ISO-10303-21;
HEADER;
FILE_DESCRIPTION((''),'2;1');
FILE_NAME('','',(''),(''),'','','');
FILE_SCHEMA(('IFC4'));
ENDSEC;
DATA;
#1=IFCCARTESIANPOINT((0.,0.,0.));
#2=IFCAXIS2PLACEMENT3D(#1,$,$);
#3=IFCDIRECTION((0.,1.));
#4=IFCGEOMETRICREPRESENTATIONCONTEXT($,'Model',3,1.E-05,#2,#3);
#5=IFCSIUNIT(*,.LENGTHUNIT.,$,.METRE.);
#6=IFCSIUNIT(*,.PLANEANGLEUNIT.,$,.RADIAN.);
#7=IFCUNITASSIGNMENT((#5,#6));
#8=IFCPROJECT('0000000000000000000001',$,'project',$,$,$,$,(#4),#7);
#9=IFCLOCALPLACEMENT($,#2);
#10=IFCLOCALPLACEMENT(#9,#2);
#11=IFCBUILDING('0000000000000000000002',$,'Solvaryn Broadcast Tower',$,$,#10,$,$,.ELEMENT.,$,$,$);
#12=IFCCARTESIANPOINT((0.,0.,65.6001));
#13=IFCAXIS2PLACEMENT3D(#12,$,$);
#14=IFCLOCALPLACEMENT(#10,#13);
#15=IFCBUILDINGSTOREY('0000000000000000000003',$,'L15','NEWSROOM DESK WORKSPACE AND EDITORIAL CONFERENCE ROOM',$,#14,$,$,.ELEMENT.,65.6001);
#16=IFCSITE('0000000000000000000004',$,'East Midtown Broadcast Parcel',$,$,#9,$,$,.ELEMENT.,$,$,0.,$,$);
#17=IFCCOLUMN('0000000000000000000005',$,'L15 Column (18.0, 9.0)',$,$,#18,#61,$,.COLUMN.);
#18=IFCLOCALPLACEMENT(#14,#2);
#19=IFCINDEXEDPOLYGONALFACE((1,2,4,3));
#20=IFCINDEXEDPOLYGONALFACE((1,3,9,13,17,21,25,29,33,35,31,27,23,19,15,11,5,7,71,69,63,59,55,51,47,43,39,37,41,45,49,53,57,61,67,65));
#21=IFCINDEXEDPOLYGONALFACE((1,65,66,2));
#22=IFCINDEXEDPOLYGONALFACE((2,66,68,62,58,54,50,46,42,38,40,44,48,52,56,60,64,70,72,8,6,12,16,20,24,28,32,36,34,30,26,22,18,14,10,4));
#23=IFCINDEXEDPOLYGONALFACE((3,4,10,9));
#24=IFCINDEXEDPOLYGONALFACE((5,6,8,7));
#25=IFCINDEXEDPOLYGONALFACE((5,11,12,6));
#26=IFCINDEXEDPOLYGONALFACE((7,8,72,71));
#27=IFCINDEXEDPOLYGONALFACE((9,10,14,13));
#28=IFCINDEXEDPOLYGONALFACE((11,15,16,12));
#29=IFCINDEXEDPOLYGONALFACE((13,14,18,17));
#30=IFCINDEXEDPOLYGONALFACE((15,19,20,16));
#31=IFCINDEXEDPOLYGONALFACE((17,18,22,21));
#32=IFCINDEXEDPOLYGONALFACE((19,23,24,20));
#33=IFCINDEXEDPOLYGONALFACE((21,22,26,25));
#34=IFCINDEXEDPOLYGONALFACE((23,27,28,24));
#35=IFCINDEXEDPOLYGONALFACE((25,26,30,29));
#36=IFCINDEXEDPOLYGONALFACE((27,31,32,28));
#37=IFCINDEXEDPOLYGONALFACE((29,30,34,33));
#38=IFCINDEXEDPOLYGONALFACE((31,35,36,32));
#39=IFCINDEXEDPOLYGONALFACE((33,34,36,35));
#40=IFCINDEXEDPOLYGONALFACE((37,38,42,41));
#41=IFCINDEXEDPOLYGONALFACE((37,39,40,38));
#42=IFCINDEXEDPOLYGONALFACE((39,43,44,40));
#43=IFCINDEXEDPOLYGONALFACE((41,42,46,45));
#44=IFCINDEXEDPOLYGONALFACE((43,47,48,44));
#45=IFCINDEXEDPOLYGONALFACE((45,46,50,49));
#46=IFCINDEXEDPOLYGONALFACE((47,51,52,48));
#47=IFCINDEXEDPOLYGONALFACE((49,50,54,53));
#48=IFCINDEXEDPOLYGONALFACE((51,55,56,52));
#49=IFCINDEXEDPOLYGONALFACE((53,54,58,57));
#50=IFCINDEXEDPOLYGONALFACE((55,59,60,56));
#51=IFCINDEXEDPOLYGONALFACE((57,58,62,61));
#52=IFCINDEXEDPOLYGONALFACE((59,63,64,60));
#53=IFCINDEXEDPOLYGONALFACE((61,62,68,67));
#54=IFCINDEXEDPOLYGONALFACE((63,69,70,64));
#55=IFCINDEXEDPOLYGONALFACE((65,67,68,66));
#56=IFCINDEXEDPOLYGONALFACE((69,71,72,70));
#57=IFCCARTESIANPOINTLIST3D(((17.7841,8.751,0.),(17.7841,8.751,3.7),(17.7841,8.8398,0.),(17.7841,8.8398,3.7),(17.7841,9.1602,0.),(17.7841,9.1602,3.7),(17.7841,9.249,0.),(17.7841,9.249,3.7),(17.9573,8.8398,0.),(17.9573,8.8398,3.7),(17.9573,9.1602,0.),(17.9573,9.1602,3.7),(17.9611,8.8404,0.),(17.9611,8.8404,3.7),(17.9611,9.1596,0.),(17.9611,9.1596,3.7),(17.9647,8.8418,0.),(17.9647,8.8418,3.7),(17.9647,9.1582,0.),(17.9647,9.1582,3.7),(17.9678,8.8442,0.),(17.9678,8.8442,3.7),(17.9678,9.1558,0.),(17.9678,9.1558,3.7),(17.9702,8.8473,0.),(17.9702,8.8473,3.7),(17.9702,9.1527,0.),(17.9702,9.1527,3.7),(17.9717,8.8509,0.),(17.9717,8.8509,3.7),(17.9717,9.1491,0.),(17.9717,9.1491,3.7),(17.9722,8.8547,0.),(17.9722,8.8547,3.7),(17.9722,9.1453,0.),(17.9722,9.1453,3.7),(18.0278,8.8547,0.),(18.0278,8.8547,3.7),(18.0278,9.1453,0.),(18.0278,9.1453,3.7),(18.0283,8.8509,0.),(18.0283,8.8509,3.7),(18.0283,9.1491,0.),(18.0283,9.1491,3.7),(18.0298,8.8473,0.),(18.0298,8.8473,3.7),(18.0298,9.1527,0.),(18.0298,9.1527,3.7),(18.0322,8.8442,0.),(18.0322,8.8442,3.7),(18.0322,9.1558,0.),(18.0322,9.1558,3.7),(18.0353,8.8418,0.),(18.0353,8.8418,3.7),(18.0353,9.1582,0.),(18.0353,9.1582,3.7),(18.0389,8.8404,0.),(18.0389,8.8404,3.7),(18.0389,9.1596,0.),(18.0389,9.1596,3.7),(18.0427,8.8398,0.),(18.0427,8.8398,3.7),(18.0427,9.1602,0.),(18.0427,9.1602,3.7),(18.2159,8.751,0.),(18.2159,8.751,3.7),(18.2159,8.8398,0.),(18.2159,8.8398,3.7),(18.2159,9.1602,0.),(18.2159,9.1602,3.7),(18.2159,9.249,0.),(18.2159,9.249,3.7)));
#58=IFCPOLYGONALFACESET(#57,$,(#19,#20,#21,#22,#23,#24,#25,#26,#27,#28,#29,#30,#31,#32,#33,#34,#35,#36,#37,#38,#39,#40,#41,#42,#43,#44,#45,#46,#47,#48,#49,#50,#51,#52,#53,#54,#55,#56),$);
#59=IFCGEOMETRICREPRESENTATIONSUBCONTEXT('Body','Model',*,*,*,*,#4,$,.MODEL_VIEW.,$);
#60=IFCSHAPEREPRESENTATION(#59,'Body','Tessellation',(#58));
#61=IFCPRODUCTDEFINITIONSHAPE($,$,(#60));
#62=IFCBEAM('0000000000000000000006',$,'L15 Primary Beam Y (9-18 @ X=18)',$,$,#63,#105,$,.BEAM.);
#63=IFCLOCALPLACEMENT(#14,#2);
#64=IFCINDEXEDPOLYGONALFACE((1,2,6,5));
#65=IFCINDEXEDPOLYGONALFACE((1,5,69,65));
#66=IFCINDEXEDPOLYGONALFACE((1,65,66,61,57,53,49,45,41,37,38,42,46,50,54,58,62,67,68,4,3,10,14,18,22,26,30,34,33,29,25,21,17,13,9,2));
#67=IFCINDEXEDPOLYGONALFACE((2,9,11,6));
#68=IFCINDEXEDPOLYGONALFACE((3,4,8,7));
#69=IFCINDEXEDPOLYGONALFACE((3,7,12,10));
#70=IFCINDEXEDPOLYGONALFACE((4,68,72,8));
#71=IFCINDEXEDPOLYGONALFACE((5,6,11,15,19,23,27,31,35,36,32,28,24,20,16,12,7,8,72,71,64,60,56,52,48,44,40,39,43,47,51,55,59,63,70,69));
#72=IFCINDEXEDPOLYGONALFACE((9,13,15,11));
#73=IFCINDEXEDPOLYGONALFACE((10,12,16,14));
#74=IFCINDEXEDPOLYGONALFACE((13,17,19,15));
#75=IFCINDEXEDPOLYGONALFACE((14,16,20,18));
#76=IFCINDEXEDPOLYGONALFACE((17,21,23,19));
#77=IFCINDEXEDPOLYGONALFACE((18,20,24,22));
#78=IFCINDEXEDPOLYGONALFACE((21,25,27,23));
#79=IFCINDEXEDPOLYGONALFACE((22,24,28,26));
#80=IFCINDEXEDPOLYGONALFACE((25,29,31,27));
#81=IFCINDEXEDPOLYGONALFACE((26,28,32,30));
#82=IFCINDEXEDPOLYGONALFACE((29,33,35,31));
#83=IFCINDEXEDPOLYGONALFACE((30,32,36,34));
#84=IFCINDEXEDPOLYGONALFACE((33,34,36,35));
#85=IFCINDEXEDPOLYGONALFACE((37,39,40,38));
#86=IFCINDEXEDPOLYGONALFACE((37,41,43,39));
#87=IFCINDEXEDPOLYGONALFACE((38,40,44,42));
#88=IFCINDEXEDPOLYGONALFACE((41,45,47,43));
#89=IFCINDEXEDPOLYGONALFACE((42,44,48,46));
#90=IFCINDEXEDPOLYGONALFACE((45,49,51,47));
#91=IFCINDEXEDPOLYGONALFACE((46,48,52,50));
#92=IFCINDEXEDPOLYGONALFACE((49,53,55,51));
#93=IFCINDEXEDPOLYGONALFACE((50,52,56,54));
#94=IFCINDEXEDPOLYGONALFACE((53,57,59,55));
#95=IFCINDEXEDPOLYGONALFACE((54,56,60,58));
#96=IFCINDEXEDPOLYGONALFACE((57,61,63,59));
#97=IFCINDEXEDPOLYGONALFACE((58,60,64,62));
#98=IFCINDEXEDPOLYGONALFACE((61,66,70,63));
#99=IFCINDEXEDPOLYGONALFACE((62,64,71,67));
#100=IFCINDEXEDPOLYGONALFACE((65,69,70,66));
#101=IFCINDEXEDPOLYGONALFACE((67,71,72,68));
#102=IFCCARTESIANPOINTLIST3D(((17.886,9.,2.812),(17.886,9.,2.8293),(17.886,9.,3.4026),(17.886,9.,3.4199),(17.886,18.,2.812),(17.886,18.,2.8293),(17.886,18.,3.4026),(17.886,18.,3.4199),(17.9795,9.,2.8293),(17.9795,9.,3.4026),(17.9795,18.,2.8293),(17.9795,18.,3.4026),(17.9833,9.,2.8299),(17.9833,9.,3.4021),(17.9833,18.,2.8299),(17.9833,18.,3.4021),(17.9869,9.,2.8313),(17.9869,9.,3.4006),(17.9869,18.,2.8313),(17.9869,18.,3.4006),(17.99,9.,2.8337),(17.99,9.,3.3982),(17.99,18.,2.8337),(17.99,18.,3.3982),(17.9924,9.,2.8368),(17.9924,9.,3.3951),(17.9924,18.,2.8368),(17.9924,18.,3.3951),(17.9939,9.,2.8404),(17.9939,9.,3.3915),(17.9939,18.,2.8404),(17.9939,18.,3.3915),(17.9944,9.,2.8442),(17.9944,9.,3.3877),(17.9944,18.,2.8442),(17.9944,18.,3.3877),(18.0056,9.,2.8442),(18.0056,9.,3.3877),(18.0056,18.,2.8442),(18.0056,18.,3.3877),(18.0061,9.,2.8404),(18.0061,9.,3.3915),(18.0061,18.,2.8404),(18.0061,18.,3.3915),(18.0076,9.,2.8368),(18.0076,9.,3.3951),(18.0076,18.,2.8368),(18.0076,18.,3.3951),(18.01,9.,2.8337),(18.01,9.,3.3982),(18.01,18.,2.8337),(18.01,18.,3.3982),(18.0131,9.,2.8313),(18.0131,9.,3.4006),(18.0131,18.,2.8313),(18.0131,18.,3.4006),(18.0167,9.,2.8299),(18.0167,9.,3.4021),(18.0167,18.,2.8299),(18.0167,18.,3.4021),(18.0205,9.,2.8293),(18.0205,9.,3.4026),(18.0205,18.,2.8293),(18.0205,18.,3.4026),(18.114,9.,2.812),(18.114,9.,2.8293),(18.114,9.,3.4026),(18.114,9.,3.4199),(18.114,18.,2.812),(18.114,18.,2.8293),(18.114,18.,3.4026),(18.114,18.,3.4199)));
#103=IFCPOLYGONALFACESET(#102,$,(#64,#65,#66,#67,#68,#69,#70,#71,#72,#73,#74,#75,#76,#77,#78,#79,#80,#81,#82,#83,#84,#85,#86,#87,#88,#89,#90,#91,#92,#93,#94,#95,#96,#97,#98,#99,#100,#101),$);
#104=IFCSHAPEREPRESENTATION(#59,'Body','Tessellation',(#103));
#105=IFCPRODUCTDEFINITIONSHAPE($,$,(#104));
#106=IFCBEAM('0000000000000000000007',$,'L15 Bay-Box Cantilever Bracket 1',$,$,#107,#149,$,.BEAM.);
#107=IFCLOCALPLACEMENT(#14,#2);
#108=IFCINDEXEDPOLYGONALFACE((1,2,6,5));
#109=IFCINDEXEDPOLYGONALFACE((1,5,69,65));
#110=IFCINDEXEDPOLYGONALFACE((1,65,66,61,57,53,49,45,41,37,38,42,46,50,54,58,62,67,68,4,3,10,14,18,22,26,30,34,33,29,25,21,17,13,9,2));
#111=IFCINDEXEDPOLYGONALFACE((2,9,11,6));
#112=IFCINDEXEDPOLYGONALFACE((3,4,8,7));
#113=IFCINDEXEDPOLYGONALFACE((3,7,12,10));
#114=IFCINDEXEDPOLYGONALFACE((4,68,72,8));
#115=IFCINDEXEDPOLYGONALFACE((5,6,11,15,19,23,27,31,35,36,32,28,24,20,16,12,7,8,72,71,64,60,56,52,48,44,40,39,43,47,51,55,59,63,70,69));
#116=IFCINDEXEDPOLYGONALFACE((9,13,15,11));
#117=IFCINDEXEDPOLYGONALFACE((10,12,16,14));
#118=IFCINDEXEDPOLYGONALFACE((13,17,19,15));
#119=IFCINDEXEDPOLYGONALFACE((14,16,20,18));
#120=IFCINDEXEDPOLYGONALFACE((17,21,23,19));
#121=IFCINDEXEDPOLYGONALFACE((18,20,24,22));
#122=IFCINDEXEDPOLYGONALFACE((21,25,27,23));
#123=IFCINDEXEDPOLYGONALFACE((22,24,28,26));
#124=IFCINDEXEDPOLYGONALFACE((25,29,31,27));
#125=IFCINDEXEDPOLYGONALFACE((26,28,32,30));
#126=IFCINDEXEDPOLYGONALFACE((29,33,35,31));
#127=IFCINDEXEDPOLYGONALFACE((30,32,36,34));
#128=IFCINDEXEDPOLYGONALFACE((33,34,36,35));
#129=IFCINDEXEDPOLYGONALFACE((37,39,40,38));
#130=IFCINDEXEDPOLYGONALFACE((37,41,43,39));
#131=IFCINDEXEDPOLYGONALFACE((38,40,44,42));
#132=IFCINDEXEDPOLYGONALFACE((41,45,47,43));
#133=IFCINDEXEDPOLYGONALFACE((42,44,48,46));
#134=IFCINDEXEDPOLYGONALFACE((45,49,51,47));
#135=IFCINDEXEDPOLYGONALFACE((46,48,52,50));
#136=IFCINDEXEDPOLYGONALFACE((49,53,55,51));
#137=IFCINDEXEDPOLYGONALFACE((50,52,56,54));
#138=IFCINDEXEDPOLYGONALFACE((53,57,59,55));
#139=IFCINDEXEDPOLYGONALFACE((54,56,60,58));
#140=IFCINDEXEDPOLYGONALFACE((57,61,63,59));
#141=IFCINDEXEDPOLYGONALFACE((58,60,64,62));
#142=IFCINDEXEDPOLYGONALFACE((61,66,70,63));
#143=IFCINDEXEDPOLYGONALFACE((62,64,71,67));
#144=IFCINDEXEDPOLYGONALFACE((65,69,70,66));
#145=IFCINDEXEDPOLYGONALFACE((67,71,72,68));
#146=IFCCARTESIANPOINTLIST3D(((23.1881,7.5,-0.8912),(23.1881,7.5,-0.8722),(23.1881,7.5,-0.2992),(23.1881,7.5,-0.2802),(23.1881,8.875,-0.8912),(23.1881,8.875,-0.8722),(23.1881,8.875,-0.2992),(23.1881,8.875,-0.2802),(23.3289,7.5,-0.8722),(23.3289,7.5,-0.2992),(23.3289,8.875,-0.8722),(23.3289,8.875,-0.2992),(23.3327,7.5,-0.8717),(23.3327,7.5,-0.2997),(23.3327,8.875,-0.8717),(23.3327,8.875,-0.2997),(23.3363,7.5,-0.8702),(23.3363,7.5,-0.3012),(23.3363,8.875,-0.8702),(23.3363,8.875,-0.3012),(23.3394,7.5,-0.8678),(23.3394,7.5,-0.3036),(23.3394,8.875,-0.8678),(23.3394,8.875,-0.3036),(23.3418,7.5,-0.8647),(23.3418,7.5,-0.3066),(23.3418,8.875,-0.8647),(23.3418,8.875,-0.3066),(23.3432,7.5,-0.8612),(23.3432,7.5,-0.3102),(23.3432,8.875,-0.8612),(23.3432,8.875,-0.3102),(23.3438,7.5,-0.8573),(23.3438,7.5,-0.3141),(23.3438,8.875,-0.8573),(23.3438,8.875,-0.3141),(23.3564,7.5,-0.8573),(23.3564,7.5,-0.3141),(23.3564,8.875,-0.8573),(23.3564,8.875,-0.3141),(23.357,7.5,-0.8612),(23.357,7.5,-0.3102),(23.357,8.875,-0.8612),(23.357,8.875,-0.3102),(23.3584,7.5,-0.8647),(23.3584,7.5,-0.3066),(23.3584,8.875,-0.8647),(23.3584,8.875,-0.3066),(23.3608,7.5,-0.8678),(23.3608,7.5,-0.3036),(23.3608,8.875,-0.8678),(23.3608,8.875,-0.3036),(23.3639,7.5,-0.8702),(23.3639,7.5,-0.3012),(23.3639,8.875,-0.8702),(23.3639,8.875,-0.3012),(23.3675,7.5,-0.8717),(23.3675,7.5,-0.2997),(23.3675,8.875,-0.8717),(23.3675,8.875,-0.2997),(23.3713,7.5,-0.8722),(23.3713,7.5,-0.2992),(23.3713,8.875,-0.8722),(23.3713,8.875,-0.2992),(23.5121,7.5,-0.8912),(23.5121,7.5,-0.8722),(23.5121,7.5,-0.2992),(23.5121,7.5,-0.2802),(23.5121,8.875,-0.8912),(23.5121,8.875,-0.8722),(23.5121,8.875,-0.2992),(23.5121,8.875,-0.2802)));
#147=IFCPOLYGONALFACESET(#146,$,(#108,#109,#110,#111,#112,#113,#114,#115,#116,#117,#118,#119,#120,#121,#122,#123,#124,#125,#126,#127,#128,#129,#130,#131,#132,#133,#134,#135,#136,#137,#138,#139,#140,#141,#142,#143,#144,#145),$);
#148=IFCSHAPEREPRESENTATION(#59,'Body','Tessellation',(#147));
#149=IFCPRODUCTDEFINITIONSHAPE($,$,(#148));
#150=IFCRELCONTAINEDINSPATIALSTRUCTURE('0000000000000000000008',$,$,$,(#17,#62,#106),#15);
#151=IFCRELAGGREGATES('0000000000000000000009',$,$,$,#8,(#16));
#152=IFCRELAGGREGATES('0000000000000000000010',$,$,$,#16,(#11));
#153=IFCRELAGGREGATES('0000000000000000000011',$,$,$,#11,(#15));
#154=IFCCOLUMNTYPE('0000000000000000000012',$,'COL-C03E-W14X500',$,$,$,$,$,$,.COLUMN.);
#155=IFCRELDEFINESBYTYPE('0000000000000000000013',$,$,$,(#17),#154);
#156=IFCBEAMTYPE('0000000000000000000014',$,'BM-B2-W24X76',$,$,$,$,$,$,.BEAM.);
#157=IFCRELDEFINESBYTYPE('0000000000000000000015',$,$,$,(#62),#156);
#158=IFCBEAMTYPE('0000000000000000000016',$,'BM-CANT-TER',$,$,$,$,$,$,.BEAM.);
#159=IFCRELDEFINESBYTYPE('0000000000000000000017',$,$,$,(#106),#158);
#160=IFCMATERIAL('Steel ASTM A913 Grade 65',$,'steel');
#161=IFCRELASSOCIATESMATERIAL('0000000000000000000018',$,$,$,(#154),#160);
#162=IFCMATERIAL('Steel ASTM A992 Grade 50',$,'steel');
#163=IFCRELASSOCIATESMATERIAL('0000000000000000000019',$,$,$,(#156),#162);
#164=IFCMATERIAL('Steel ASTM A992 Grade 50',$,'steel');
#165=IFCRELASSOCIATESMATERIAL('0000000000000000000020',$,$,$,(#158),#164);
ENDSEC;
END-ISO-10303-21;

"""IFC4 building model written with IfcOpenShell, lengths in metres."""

from ifc_helpers import new_model, si_unit, direction, frame, origin, origin_2d, place, context, subcontext, project, spatial, i_section, extrude, material, material_profile, profile_set, type_object, element, save


model = new_model("IFC4")

# Units and contexts
model_context = context("Model", 3, precision=1e-05, world=origin(), true_north=direction((0.0, 1.0)))
body_context = subcontext(model_context, "Body", "Model", "MODEL_VIEW")
ifc_project = project(units=[si_unit("LENGTHUNIT", "METRE"), si_unit("PLANEANGLEUNIT", "RADIAN")], contexts=[model_context])

# Site, building, storey
site_placement = place(None, origin())
site = spatial("IfcSite", under=ifc_project, at=site_placement, Name="East Midtown Broadcast Parcel", CompositionType="ELEMENT", RefElevation=0.0)
building_placement = place(site_placement, origin())
building = spatial("IfcBuilding", under=site, at=building_placement, Name="Solvaryn Broadcast Tower", CompositionType="ELEMENT")
storey_placement = place(building_placement, frame((0.0, 0.0, 65.6001)))
storey = spatial("IfcBuildingStorey", under=building, at=storey_placement, Name="L15", Description="NEWSROOM DESK WORKSPACE AND EDITORIAL CONFERENCE ROOM", CompositionType="ELEMENT", Elevation=65.6001)

# Column
ifc_material_1 = material(Name="Steel ASTM A913 Grade 65", Category="steel")
ifc_material_profile_1 = material_profile(ifc_material_1, i_section(OverallWidth=0.4319, OverallDepth=0.498, WebThickness=0.0557, FlangeThickness=0.0889, FilletRadius=0.0149, at=origin_2d()))
ifc_profile_set_1 = profile_set([ifc_material_profile_1], Name="Steel ASTM A913 Grade 65")
column_type = type_object("IfcColumnType", Name="COL-C03E-W14X500", PredefinedType="COLUMN", material=ifc_profile_set_1)
column_placement = place(storey_placement, frame((18.0, 9.0, 0.0), z_axis=(0.0, 0.0, 1.0), x_axis=(1.0, 0.0, 0.0)))
element("IfcColumn", 1, at=column_placement, inside=storey, type_object=column_type, Name="L15 Column (18.0, 9.0)", PredefinedType="COLUMN", context=body_context, shape_type="SweptSolid", body=[
    extrude(i_section(OverallWidth=0.4319, OverallDepth=0.498, WebThickness=0.0557, FlangeThickness=0.0889, FilletRadius=0.0149, at=origin_2d()), origin(), (0.0, 0.0, 1.0), 3.7),
])

# Beams
ifc_material_2 = material(Name="Steel ASTM A992 Grade 50", Category="steel")
ifc_material_profile_2 = material_profile(ifc_material_2, i_section(OverallWidth=0.228, OverallDepth=0.6079, WebThickness=0.0112, FlangeThickness=0.0173, FilletRadius=0.0149, at=origin_2d()))
ifc_profile_set_2 = profile_set([ifc_material_profile_2], Name="Steel ASTM A992 Grade 50")
beam_type_1 = type_object("IfcBeamType", Name="BM-B2-W24X76", PredefinedType="BEAM", material=ifc_profile_set_2)
beam_1_placement = place(storey_placement, frame((18.0, 9.0, 3.116), z_axis=(0.0, 1.0, 0.0), x_axis=(-1.0, 0.0, 0.0)))
element("IfcBeam", 2, at=beam_1_placement, inside=storey, type_object=beam_type_1, Name="L15 Primary Beam Y (9-18 @ X=18)", PredefinedType="BEAM", context=body_context, shape_type="SweptSolid", body=[
    extrude(i_section(OverallWidth=0.228, OverallDepth=0.6079, WebThickness=0.0112, FlangeThickness=0.0173, FilletRadius=0.0149, at=origin_2d()), origin(), (0.0, 0.0, 1.0), 9.0),
])
ifc_material_3 = material(Name="Steel ASTM A992 Grade 50", Category="steel")
ifc_material_profile_3 = material_profile(ifc_material_3, i_section(OverallWidth=0.324, OverallDepth=0.6111, WebThickness=0.0127, FlangeThickness=0.019, FilletRadius=0.0149, at=origin_2d()))
ifc_profile_set_3 = profile_set([ifc_material_profile_3], Name="Steel ASTM A992 Grade 50")
beam_type_2 = type_object("IfcBeamType", Name="BM-CANT-TER", PredefinedType="BEAM", material=ifc_profile_set_3)
beam_2_placement = place(storey_placement, frame((23.3501, 8.875, -0.5857), z_axis=(0.0, -1.0, 0.0), x_axis=(1.0, 0.0, 0.0)))
element("IfcBeam", 3, at=beam_2_placement, inside=storey, type_object=beam_type_2, Name="L15 Bay-Box Cantilever Bracket 1", PredefinedType="BEAM", context=body_context, shape_type="SweptSolid", body=[
    extrude(i_section(OverallWidth=0.324, OverallDepth=0.6111, WebThickness=0.0127, FlangeThickness=0.019, FilletRadius=0.0149, at=origin_2d()), origin(), (0.0, 0.0, 1.0), 1.375),
])

save(model, "model.ifc")
